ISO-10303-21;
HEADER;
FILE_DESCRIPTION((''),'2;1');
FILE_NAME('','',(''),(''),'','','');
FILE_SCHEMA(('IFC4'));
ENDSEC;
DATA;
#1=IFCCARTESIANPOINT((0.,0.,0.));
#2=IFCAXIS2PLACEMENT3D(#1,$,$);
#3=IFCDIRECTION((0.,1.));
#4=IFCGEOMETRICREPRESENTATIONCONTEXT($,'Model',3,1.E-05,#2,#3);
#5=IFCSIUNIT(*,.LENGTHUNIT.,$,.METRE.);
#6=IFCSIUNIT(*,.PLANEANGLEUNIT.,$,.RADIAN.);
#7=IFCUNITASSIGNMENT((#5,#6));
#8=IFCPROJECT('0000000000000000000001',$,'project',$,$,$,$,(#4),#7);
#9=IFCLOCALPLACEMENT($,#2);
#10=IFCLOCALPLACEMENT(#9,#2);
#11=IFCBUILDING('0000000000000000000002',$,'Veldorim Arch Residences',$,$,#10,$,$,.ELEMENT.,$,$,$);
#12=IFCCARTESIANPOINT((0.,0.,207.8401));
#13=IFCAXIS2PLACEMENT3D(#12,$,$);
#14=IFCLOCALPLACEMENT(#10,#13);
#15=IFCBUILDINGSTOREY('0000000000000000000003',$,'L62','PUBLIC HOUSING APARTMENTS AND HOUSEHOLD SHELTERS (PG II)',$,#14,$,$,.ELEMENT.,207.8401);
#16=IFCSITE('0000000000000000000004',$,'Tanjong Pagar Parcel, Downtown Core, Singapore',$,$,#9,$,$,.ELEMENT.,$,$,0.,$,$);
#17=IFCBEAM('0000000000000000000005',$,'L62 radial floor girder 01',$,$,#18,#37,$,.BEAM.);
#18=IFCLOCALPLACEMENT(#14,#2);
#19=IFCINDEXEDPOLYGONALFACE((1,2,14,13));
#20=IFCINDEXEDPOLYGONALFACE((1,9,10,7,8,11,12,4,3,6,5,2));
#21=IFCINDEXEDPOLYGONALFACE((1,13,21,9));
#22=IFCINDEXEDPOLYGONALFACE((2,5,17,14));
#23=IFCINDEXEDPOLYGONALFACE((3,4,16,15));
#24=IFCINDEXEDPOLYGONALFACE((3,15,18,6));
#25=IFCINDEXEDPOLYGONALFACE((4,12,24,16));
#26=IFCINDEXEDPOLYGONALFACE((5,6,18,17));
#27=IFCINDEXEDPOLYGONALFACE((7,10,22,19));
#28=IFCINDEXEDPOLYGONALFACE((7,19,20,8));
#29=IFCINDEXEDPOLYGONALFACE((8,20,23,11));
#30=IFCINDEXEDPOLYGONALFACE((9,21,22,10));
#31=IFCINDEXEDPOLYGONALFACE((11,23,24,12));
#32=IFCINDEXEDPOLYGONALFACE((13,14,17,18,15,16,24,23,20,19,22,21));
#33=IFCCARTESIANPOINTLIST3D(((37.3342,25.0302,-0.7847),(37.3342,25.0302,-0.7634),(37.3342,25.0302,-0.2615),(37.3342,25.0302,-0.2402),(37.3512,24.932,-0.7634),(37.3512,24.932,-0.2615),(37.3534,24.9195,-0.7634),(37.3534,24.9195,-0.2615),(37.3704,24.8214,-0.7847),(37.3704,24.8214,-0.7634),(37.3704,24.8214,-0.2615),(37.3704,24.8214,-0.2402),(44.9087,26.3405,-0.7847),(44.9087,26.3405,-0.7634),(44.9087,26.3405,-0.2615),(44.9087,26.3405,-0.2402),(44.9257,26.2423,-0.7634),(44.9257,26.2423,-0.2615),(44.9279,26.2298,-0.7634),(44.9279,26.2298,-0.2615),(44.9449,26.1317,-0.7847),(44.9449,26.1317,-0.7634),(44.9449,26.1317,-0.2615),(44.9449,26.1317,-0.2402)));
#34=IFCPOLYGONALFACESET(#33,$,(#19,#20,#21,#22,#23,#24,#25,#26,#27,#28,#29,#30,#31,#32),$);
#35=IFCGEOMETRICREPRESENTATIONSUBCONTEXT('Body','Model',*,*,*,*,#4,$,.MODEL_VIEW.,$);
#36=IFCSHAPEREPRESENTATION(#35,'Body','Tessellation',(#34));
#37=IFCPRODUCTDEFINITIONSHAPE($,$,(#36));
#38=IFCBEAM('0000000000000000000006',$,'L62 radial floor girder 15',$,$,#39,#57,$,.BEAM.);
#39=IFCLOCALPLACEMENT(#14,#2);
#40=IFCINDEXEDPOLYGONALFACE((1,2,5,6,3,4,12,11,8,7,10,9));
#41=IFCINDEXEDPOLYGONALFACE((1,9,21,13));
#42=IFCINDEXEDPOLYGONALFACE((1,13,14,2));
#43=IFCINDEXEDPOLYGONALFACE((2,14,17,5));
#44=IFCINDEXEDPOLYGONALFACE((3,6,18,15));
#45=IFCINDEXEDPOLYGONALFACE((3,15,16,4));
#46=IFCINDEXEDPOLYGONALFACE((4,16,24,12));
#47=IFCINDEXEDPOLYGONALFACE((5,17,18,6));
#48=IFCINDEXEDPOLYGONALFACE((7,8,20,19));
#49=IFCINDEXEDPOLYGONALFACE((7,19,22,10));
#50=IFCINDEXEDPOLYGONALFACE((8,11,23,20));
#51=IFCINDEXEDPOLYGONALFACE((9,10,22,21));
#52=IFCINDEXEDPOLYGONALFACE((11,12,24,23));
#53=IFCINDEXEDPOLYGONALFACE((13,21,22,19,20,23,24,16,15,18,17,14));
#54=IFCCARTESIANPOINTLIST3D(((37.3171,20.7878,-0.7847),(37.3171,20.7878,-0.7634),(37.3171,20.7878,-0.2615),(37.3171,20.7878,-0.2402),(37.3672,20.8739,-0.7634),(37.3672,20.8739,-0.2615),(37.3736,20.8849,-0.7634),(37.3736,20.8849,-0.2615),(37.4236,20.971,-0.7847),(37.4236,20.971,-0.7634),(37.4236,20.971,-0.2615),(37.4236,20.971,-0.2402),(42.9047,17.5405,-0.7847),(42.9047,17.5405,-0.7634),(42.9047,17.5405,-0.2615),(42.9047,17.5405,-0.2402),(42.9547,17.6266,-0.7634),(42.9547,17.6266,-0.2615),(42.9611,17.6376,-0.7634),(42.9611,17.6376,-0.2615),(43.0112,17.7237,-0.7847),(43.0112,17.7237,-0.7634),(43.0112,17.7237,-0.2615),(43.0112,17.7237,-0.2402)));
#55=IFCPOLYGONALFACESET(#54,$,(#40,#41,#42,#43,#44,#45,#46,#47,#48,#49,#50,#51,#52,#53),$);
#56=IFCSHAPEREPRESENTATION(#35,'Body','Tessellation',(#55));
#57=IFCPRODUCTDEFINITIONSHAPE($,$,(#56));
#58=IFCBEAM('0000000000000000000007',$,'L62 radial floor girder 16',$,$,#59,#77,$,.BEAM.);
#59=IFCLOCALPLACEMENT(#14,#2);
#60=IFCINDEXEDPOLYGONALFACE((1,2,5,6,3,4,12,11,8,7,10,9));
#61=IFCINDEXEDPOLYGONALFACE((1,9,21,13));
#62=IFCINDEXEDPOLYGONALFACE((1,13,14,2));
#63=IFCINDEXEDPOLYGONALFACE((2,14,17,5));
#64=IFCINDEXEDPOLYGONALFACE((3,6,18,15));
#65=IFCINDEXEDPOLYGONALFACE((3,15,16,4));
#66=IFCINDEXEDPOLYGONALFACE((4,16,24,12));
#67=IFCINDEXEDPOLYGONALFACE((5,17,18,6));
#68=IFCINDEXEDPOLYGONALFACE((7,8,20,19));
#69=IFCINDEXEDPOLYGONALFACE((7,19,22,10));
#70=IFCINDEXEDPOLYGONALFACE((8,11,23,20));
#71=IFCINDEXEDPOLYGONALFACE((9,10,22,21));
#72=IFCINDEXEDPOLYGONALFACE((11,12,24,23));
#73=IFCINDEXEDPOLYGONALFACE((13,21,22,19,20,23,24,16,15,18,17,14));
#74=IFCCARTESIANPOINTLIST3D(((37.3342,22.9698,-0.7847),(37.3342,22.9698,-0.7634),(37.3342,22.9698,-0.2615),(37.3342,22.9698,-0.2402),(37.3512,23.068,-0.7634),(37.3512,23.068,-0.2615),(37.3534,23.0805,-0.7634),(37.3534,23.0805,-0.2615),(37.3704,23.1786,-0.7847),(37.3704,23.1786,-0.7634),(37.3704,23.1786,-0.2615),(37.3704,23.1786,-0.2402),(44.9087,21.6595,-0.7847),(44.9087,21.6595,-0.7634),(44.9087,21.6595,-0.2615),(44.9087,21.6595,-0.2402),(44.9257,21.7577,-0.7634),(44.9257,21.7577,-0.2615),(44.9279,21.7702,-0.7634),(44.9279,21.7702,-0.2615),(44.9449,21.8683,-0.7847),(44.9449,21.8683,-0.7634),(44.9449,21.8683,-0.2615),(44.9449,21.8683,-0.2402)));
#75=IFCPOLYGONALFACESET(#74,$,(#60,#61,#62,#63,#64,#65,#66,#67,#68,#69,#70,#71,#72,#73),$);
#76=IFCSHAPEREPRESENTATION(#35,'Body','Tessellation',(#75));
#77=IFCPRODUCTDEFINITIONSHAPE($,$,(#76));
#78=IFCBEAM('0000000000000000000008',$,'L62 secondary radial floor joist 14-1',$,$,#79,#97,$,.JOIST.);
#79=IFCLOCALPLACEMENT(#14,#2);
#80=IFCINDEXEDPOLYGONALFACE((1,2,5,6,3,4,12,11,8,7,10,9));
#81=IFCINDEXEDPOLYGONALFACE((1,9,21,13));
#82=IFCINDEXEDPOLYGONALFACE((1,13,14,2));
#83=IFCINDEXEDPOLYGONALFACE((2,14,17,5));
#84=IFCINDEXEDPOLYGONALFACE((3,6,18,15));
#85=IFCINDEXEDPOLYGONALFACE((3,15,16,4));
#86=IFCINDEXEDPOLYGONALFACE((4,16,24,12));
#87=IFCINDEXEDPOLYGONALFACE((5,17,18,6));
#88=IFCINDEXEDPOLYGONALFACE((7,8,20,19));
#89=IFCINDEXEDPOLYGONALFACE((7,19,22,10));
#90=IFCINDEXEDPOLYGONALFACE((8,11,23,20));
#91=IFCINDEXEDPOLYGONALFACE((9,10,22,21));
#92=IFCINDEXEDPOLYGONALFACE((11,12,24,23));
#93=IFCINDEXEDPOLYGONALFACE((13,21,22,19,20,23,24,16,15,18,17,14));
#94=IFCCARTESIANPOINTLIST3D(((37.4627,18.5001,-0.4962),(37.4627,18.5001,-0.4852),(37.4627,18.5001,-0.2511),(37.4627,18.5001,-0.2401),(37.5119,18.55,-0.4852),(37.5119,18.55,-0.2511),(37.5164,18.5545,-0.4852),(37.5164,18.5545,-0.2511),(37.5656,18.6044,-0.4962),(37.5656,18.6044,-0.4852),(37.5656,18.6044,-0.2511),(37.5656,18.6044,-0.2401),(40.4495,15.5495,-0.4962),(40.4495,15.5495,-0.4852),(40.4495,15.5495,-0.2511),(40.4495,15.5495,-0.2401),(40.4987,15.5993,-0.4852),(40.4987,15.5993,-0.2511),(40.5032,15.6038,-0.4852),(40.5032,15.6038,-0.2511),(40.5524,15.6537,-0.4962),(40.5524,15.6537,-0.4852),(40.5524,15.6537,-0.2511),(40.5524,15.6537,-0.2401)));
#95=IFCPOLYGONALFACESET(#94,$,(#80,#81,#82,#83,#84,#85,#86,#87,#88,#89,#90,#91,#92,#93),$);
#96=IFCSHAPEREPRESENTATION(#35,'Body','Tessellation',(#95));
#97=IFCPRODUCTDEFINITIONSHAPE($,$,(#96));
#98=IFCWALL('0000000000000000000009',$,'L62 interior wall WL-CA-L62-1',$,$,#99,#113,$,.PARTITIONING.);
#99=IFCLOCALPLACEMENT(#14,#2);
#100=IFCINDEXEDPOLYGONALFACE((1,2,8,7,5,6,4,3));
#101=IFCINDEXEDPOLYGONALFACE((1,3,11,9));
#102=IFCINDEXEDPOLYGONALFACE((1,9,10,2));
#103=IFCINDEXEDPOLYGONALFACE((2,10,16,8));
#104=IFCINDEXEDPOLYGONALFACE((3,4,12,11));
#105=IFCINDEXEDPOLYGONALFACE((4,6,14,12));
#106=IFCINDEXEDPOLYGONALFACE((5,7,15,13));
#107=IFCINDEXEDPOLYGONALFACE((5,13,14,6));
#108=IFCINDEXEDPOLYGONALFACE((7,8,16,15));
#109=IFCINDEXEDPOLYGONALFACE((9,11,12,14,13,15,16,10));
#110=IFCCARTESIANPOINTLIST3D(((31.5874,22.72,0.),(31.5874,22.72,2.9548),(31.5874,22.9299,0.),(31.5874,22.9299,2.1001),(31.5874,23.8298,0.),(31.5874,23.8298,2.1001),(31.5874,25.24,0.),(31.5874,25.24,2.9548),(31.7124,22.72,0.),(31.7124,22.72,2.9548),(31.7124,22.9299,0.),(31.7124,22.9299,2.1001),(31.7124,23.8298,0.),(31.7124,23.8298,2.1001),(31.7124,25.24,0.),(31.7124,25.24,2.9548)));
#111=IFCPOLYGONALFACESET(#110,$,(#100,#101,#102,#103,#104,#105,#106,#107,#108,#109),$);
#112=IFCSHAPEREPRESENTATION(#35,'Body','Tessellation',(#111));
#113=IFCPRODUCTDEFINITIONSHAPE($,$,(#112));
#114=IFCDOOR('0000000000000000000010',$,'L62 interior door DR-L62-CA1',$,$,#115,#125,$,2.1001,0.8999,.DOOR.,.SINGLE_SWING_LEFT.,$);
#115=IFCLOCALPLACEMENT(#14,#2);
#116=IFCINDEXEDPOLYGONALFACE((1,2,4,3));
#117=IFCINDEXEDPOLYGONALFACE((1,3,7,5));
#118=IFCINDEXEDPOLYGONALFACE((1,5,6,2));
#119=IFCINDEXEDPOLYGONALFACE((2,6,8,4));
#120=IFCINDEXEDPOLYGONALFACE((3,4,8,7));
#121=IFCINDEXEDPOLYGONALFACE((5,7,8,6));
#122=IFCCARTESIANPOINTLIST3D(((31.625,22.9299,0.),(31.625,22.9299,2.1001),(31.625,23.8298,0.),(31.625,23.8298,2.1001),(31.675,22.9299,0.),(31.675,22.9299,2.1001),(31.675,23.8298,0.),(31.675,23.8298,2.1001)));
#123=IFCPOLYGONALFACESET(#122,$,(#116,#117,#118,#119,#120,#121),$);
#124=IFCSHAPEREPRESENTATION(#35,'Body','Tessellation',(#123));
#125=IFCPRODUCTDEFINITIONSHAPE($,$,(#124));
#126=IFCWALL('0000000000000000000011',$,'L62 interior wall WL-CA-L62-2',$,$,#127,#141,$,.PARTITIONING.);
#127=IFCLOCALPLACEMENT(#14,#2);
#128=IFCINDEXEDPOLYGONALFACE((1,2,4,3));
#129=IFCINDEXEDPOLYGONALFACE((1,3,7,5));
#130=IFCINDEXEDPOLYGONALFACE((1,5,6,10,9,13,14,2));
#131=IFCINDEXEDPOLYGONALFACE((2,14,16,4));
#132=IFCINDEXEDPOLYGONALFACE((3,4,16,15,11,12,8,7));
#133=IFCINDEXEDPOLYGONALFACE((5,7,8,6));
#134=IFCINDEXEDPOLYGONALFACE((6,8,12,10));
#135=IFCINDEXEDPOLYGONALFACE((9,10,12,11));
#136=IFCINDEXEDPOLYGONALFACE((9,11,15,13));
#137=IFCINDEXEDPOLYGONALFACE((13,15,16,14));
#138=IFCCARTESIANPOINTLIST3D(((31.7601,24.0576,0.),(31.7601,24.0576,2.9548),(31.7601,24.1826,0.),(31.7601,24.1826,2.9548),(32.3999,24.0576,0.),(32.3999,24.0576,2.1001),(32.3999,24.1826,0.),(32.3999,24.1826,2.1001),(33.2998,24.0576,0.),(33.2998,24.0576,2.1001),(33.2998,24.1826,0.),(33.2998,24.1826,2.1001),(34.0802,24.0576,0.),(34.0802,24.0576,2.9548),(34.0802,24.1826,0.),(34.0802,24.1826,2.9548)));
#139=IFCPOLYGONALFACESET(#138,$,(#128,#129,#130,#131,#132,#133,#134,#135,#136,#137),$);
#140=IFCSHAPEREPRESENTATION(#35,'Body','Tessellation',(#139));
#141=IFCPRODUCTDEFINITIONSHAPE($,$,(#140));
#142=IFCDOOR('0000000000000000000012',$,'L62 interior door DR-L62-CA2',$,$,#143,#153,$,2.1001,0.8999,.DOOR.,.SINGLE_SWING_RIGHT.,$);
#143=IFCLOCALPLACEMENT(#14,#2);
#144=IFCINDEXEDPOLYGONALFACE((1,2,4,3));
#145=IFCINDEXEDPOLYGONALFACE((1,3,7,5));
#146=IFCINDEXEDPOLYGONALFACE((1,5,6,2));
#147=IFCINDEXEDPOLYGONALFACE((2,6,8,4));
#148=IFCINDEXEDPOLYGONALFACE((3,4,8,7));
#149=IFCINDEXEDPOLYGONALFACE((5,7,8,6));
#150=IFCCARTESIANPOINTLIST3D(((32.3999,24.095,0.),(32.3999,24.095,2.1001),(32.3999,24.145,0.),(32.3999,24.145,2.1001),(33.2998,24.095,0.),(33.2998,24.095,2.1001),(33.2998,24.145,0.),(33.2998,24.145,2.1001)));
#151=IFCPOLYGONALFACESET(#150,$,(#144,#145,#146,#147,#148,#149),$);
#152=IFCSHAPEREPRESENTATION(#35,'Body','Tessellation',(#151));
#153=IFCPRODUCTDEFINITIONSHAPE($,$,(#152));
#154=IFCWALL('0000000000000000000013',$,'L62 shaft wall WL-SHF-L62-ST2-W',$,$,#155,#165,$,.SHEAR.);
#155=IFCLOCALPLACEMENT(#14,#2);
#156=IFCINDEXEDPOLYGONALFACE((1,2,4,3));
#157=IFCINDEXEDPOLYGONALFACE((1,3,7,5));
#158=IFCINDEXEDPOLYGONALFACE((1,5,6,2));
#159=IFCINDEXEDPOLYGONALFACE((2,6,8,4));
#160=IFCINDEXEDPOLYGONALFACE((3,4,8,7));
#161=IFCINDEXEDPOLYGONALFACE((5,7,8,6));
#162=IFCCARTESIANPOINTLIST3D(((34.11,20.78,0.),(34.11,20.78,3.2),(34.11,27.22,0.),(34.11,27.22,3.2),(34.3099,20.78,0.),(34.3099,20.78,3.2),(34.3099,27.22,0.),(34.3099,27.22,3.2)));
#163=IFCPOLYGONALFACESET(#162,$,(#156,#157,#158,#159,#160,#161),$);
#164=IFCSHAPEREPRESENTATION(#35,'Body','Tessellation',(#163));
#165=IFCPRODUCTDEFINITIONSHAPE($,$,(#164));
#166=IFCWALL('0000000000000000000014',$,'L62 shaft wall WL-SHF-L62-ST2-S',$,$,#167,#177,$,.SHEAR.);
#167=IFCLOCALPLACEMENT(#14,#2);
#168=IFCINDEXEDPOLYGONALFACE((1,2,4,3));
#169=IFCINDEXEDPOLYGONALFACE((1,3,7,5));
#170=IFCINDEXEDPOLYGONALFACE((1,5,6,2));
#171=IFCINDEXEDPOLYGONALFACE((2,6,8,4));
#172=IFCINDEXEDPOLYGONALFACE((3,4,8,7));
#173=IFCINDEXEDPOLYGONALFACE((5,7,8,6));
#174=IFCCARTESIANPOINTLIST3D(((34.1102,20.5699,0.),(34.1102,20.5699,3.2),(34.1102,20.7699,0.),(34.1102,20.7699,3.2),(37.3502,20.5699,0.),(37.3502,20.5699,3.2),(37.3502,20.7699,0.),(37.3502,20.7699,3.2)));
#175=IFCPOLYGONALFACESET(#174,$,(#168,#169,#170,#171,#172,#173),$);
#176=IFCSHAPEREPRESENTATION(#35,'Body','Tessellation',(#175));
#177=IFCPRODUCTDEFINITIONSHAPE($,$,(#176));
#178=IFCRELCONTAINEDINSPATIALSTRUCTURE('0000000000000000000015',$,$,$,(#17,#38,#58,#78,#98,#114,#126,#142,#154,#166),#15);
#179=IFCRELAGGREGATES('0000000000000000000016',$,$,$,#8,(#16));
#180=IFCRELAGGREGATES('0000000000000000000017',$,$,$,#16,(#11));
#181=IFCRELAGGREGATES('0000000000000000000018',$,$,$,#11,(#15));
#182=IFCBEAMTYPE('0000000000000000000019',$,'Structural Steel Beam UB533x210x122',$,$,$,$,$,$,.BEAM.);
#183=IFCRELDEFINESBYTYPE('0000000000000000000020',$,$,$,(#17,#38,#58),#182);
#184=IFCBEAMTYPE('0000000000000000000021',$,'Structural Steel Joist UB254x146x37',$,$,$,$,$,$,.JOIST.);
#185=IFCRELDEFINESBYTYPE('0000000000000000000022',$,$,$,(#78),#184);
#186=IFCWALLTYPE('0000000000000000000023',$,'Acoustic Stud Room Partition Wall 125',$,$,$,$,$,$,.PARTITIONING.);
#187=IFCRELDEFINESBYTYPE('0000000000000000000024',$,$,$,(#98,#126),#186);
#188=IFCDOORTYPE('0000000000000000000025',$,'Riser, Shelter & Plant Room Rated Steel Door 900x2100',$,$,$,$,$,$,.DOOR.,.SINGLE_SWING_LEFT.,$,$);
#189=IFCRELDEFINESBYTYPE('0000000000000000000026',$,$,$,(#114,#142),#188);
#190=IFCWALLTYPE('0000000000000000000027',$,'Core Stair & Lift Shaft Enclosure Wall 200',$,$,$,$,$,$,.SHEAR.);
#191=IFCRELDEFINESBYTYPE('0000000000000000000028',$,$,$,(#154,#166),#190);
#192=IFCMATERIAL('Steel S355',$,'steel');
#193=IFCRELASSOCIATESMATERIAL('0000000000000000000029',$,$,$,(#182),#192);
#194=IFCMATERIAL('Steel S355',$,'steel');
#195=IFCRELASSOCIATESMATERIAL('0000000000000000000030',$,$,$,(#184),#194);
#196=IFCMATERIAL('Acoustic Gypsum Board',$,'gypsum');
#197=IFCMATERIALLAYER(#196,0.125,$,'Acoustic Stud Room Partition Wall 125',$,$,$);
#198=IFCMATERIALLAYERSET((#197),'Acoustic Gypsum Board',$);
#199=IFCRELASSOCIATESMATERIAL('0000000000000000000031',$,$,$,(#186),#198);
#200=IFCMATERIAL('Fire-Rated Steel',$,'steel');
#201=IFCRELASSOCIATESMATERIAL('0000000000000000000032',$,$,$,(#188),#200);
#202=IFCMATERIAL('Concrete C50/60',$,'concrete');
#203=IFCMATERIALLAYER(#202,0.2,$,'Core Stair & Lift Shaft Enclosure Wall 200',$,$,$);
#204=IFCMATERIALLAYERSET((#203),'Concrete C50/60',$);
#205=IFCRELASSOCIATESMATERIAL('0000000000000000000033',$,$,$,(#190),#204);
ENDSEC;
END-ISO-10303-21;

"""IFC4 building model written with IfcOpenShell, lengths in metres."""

from ifc_helpers import new_model, si_unit, direction, frame, frame_2d, origin, origin_2d, place, context, subcontext, project, spatial, rectangle, i_section, extrude, material, layer, layer_set, material_profile, profile_set, type_object, element, fill, save


model = new_model("IFC4")

# Units and contexts
model_context = context("Model", 3, precision=1e-05, world=origin(), true_north=direction((0.0, 1.0)))
body_context = subcontext(model_context, "Body", "Model", "MODEL_VIEW")
ifc_project = project(units=[si_unit("LENGTHUNIT", "METRE"), si_unit("PLANEANGLEUNIT", "RADIAN")], contexts=[model_context])

# Site, building, storey
site_placement = place(None, origin())
site = spatial("IfcSite", under=ifc_project, at=site_placement, Name="Tanjong Pagar Parcel, Downtown Core, Singapore", CompositionType="ELEMENT", RefElevation=0.0)
building_placement = place(site_placement, origin())
building = spatial("IfcBuilding", under=site, at=building_placement, Name="Veldorim Arch Residences", CompositionType="ELEMENT")
storey_placement = place(building_placement, frame((0.0, 0.0, 207.8401)))
storey = spatial("IfcBuildingStorey", under=building, at=storey_placement, Name="L62", Description="PUBLIC HOUSING APARTMENTS AND HOUSEHOLD SHELTERS (PG II)", CompositionType="ELEMENT", Elevation=207.8401)

# Beams
ifc_material_1 = material(Name="Steel S355", Category="steel")
ifc_material_profile_1 = material_profile(ifc_material_1, i_section(OverallWidth=0.2119, OverallDepth=0.5444, WebThickness=0.0127, FlangeThickness=0.0212, at=origin_2d()), Name="UB533x210x122")
ifc_profile_set_1 = profile_set([ifc_material_profile_1], Name="Steel S355")
beam_type_1 = type_object("IfcBeamType", Name="Structural Steel Beam UB533x210x122", PredefinedType="BEAM", material=ifc_profile_set_1)
beam_1_placement = place(storey_placement, frame((37.3523, 24.9258, -0.5125), z_axis=(0.985365, 0.170458, 0.0), x_axis=(-0.170458, 0.985365, 0.0)))
element("IfcBeam", 1, at=beam_1_placement, inside=storey, type_object=beam_type_1, Name="L62 radial floor girder 01", PredefinedType="BEAM", context=body_context, shape_type="SweptSolid", body=[
    extrude(i_section(OverallWidth=0.2119, OverallDepth=0.5444, WebThickness=0.0127, FlangeThickness=0.0212, at=origin_2d()), origin(), (0.0, 0.0, 1.0), 7.687),
])
beam_2_placement = place(storey_placement, frame((37.3704, 20.8794, -0.5125), z_axis=(0.864596, -0.502468, 0.0), x_axis=(0.502468, 0.864596, 0.0)))
element("IfcBeam", 2, at=beam_2_placement, inside=storey, type_object=beam_type_1, Name="L62 radial floor girder 15", PredefinedType="BEAM", context=body_context, shape_type="SweptSolid", body=[
    extrude(i_section(OverallWidth=0.2119, OverallDepth=0.5444, WebThickness=0.0127, FlangeThickness=0.0212, at=origin_2d()), origin(), (0.0, 0.0, 1.0), 6.4626),
])
beam_3_placement = place(storey_placement, frame((37.3523, 23.0742, -0.5125), z_axis=(0.985365, -0.170458, 0.0), x_axis=(0.170458, 0.985365, 0.0)))
element("IfcBeam", 3, at=beam_3_placement, inside=storey, type_object=beam_type_1, Name="L62 radial floor girder 16", PredefinedType="BEAM", context=body_context, shape_type="SweptSolid", body=[
    extrude(i_section(OverallWidth=0.2119, OverallDepth=0.5444, WebThickness=0.0127, FlangeThickness=0.0212, at=origin_2d()), origin(), (0.0, 0.0, 1.0), 7.687),
])
ifc_material_2 = material(Name="Steel S355", Category="steel")
ifc_material_profile_2 = material_profile(ifc_material_2, i_section(OverallWidth=0.1465, OverallDepth=0.2561, WebThickness=0.0063, FlangeThickness=0.011, at=origin_2d()), Name="UB254x146x37")
ifc_profile_set_2 = profile_set([ifc_material_profile_2], Name="Steel S355")
beam_type_2 = type_object("IfcBeamType", Name="Structural Steel Joist UB254x146x37", PredefinedType="JOIST", material=ifc_profile_set_2)
beam_4_placement = place(storey_placement, frame((37.5142, 18.5522, -0.3682), z_axis=(0.711397, -0.702791, 0.0), x_axis=(0.702791, 0.711397, 0.0)))
element("IfcBeam", 4, at=beam_4_placement, inside=storey, type_object=beam_type_2, Name="L62 secondary radial floor joist 14-1", PredefinedType="JOIST", context=body_context, shape_type="SweptSolid", body=[
    extrude(i_section(OverallWidth=0.1465, OverallDepth=0.2561, WebThickness=0.0063, FlangeThickness=0.011, at=origin_2d()), origin(), (0.0, 0.0, 1.0), 4.1985),
])

# Walls, openings, doors
ifc_material_3 = material(Name="Acoustic Gypsum Board", Category="gypsum")
ifc_layer_1 = layer(ifc_material_3, 0.125, Name="Acoustic Stud Room Partition Wall 125")
ifc_layer_set_1 = layer_set([ifc_layer_1], Name="Acoustic Gypsum Board")
wall_type_1 = type_object("IfcWallType", Name="Acoustic Stud Room Partition Wall 125", PredefinedType="PARTITIONING", material=ifc_layer_set_1)
wall_1_placement = place(storey_placement, frame((31.6499, 22.72, 0.0), z_axis=(0.0, 0.0, 1.0), x_axis=(0.0, 1.0, 0.0)))
wall_1 = element("IfcWall", 5, at=wall_1_placement, inside=storey, type_object=wall_type_1, Name="L62 interior wall WL-CA-L62-1", PredefinedType="PARTITIONING", context=body_context, shape_type="SweptSolid", body=[
    extrude(rectangle(XDim=2.52, YDim=0.125, at=frame_2d((1.26, 0.0))), origin(), (0.0, 0.0, 1.0), 2.9548),
])
opening_1_placement = place(wall_1_placement, frame((0.21, 0.0, 0.0)))
opening_1 = element("IfcOpeningElement", 6, at=opening_1_placement, cuts=wall_1, PredefinedType="OPENING", context=body_context, shape_type="SweptSolid", body=[
    extrude(rectangle(XDim=0.8999, YDim=2.1001, at=frame_2d((0.45, 1.05))), frame((0.0, 0.0725, 0.0), z_axis=(0.0, -1.0, 0.0), x_axis=(1.0, 0.0, 0.0)), (0.0, 0.0, 1.0), 0.145),
])
ifc_material_4 = material(Name="Fire-Rated Steel", Category="steel")
door_type = type_object("IfcDoorType", Name="Riser, Shelter & Plant Room Rated Steel Door 900x2100", OperationType="SINGLE_SWING_LEFT", PredefinedType="DOOR", material=ifc_material_4)
door_1_placement = place(opening_1_placement, origin())
door_1 = element("IfcDoor", 7, at=door_1_placement, inside=storey, type_object=door_type, Name="L62 interior door DR-L62-CA1", OperationType="SINGLE_SWING_LEFT", OverallHeight=2.1001, OverallWidth=0.8999, PredefinedType="DOOR", context=body_context, shape_type="SweptSolid", body=[
    extrude(rectangle(XDim=0.8999, YDim=2.1001, at=frame_2d((0.45, 1.05))), frame((0.0, 0.0249, 0.0), z_axis=(0.0, -1.0, 0.0), x_axis=(1.0, 0.0, 0.0)), (0.0, 0.0, 1.0), 0.05),
])
fill(opening_1, door_1)
wall_2_placement = place(storey_placement, frame((31.76, 24.1201, 0.0), z_axis=(0.0, 0.0, 1.0), x_axis=(1.0, 0.0, 0.0)))
wall_2 = element("IfcWall", 8, at=wall_2_placement, inside=storey, type_object=wall_type_1, Name="L62 interior wall WL-CA-L62-2", PredefinedType="PARTITIONING", context=body_context, shape_type="SweptSolid", body=[
    extrude(rectangle(XDim=2.3201, YDim=0.125, at=frame_2d((1.1602, 0.0))), origin(), (0.0, 0.0, 1.0), 2.9548),
])
opening_2_placement = place(wall_2_placement, frame((0.6399, 0.0, 0.0)))
opening_2 = element("IfcOpeningElement", 9, at=opening_2_placement, cuts=wall_2, PredefinedType="OPENING", context=body_context, shape_type="SweptSolid", body=[
    extrude(rectangle(XDim=0.8999, YDim=2.1001, at=frame_2d((0.45, 1.05))), frame((0.0, 0.0725, 0.0), z_axis=(0.0, -1.0, 0.0), x_axis=(1.0, 0.0, 0.0)), (0.0, 0.0, 1.0), 0.145),
])
door_2_placement = place(opening_2_placement, origin())
door_2 = element("IfcDoor", 10, at=door_2_placement, inside=storey, type_object=door_type, Name="L62 interior door DR-L62-CA2", OperationType="SINGLE_SWING_RIGHT", OverallHeight=2.1001, OverallWidth=0.8999, PredefinedType="DOOR", context=body_context, shape_type="SweptSolid", body=[
    extrude(rectangle(XDim=0.8999, YDim=2.1001, at=frame_2d((0.45, 1.05))), frame((0.0, 0.0249, 0.0), z_axis=(0.0, -1.0, 0.0), x_axis=(1.0, 0.0, 0.0)), (0.0, 0.0, 1.0), 0.05),
])
fill(opening_2, door_2)

# Walls
ifc_material_5 = material(Name="Concrete C50/60", Category="concrete")
ifc_layer_2 = layer(ifc_material_5, 0.2, Name="Core Stair & Lift Shaft Enclosure Wall 200")
ifc_layer_set_2 = layer_set([ifc_layer_2], Name="Concrete C50/60")
wall_type_2 = type_object("IfcWallType", Name="Core Stair & Lift Shaft Enclosure Wall 200", PredefinedType="SHEAR", material=ifc_layer_set_2)
wall_3_placement = place(storey_placement, frame((34.21, 20.78, 0.0), z_axis=(0.0, 0.0, 1.0), x_axis=(0.0, 1.0, 0.0)))
element("IfcWall", 11, at=wall_3_placement, inside=storey, type_object=wall_type_2, Name="L62 shaft wall WL-SHF-L62-ST2-W", PredefinedType="SHEAR", context=body_context, shape_type="SweptSolid", body=[
    extrude(rectangle(XDim=6.4399, YDim=0.2, at=frame_2d((3.22, 0.0))), origin(), (0.0, 0.0, 1.0), 3.2),
])
wall_4_placement = place(storey_placement, frame((34.1101, 20.6699, 0.0), z_axis=(0.0, 0.0, 1.0), x_axis=(1.0, 0.0, 0.0)))
element("IfcWall", 12, at=wall_4_placement, inside=storey, type_object=wall_type_2, Name="L62 shaft wall WL-SHF-L62-ST2-S", PredefinedType="SHEAR", context=body_context, shape_type="SweptSolid", body=[
    extrude(rectangle(XDim=3.24, YDim=0.2, at=frame_2d((1.6201, 0.0))), origin(), (0.0, 0.0, 1.0), 3.2),
])

save(model, "model.ifc")
